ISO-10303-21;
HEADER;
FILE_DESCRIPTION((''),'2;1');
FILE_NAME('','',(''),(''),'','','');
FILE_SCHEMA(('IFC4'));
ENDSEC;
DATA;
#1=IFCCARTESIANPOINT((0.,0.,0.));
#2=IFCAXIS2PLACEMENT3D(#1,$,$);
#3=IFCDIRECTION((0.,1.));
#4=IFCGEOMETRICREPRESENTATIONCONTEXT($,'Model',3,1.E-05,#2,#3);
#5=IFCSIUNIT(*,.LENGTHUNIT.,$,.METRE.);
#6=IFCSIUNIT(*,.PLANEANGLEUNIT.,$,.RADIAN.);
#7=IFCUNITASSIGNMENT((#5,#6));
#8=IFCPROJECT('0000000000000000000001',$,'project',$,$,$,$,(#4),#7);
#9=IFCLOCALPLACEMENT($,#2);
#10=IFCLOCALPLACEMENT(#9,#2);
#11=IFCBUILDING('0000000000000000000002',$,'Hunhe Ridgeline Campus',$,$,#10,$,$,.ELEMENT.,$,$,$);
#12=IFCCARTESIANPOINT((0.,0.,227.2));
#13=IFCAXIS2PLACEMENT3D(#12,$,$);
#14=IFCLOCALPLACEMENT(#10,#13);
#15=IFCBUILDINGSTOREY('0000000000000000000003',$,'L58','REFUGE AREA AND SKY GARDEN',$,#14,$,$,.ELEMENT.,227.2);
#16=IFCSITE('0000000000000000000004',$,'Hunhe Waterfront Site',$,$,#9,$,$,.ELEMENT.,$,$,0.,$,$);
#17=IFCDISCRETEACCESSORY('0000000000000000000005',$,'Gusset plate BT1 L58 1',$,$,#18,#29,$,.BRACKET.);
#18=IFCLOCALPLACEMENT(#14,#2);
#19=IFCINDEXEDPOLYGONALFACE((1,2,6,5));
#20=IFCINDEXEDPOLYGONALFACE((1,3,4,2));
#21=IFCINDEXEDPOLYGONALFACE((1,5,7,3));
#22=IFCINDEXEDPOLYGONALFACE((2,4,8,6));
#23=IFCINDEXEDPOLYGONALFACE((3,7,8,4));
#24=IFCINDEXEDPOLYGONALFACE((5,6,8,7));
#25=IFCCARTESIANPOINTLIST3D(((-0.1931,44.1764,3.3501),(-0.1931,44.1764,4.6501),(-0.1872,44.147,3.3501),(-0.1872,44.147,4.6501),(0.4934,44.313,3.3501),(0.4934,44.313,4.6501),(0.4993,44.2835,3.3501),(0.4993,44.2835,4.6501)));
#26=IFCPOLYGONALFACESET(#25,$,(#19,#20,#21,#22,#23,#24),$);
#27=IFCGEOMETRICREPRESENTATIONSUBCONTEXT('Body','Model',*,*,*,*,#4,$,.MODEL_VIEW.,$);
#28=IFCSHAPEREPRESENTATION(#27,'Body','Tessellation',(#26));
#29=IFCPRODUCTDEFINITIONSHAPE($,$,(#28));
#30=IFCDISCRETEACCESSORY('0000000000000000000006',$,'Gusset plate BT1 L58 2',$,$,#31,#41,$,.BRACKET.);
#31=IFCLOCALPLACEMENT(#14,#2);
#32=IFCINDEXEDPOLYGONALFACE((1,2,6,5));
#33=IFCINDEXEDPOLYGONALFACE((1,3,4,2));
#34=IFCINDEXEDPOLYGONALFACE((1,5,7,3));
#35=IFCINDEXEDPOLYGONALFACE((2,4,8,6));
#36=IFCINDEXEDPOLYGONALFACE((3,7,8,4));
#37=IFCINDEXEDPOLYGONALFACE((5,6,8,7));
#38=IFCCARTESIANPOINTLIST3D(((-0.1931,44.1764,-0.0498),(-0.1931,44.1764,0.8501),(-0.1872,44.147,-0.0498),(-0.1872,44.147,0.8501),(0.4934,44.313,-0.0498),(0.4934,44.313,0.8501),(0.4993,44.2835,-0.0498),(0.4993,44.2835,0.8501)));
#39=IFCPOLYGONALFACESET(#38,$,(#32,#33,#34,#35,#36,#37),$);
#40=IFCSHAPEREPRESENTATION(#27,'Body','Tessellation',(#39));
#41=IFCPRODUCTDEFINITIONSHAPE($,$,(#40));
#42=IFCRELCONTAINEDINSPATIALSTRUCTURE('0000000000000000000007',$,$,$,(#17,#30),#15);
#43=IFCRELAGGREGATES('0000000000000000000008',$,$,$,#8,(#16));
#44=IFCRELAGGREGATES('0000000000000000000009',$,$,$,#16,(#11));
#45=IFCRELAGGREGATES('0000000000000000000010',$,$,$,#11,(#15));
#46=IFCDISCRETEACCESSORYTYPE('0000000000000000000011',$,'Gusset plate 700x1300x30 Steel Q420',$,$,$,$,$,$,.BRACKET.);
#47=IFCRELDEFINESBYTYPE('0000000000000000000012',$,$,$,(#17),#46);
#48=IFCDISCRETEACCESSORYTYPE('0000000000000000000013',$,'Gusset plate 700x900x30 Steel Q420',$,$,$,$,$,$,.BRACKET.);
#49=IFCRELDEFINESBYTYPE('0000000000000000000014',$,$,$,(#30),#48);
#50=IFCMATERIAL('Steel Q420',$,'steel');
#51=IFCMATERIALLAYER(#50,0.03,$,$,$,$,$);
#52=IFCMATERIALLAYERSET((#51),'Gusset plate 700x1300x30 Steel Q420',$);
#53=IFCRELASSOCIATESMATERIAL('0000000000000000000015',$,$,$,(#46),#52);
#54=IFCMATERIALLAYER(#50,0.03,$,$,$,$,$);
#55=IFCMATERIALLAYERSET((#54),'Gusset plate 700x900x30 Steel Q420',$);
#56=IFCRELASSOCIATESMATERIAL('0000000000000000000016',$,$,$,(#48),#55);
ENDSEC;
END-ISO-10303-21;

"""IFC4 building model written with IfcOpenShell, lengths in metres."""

from ifc_helpers import new_model, si_unit, direction, frame, origin, origin_2d, place, context, subcontext, project, spatial, rectangle, extrude, material, layer, layer_set, type_object, element, save


model = new_model("IFC4")

# Units and contexts
model_context = context("Model", 3, precision=1e-05, world=origin(), true_north=direction((0.0, 1.0)))
body_context = subcontext(model_context, "Body", "Model", "MODEL_VIEW")
ifc_project = project(units=[si_unit("LENGTHUNIT", "METRE"), si_unit("PLANEANGLEUNIT", "RADIAN")], contexts=[model_context])

# Site, building, storey
site_placement = place(None, origin())
site = spatial("IfcSite", under=ifc_project, at=site_placement, Name="Hunhe Waterfront Site", CompositionType="ELEMENT", RefElevation=0.0)
building_placement = place(site_placement, origin())
building = spatial("IfcBuilding", under=site, at=building_placement, Name="Hunhe Ridgeline Campus", CompositionType="ELEMENT")
storey_placement = place(building_placement, frame((0.0, 0.0, 227.2)))
storey = spatial("IfcBuildingStorey", under=building, at=storey_placement, Name="L58", Description="REFUGE AREA AND SKY GARDEN", CompositionType="ELEMENT", Elevation=227.2)

# Shared definitions
ifc_material_1 = material(Name="Steel Q420", Category="steel")

# Discrete accessories
ifc_layer_1 = layer(ifc_material_1, 0.03)
ifc_layer_set_1 = layer_set([ifc_layer_1], Name="Gusset plate 700x1300x30 Steel Q420")
discrete_accessory_type_1 = type_object("IfcDiscreteAccessoryType", Name="Gusset plate 700x1300x30 Steel Q420", PredefinedType="BRACKET", material=ifc_layer_set_1)
discrete_accessory_1_placement = place(storey_placement, frame((0.1531, 44.23, 3.3501), z_axis=(0.0, 0.0, 1.0), x_axis=(-0.19509, 0.980785, 0.0)))
element("IfcDiscreteAccessory", 1, at=discrete_accessory_1_placement, inside=storey, type_object=discrete_accessory_type_1, Name="Gusset plate BT1 L58 1", PredefinedType="BRACKET", context=body_context, shape_type="SweptSolid", body=[
    extrude(rectangle(XDim=0.03, YDim=0.7, at=origin_2d()), origin(), (0.0, 0.0, 1.0), 1.3),
])
ifc_layer_2 = layer(ifc_material_1, 0.03)
ifc_layer_set_2 = layer_set([ifc_layer_2], Name="Gusset plate 700x900x30 Steel Q420")
discrete_accessory_type_2 = type_object("IfcDiscreteAccessoryType", Name="Gusset plate 700x900x30 Steel Q420", PredefinedType="BRACKET", material=ifc_layer_set_2)
discrete_accessory_2_placement = place(storey_placement, frame((0.1531, 44.23, -0.0498), z_axis=(0.0, 0.0, 1.0), x_axis=(-0.19509, 0.980785, 0.0)))
element("IfcDiscreteAccessory", 2, at=discrete_accessory_2_placement, inside=storey, type_object=discrete_accessory_type_2, Name="Gusset plate BT1 L58 2", PredefinedType="BRACKET", context=body_context, shape_type="SweptSolid", body=[
    extrude(rectangle(XDim=0.03, YDim=0.7, at=origin_2d()), origin(), (0.0, 0.0, 1.0), 0.8999),
])

save(model, "model.ifc")
